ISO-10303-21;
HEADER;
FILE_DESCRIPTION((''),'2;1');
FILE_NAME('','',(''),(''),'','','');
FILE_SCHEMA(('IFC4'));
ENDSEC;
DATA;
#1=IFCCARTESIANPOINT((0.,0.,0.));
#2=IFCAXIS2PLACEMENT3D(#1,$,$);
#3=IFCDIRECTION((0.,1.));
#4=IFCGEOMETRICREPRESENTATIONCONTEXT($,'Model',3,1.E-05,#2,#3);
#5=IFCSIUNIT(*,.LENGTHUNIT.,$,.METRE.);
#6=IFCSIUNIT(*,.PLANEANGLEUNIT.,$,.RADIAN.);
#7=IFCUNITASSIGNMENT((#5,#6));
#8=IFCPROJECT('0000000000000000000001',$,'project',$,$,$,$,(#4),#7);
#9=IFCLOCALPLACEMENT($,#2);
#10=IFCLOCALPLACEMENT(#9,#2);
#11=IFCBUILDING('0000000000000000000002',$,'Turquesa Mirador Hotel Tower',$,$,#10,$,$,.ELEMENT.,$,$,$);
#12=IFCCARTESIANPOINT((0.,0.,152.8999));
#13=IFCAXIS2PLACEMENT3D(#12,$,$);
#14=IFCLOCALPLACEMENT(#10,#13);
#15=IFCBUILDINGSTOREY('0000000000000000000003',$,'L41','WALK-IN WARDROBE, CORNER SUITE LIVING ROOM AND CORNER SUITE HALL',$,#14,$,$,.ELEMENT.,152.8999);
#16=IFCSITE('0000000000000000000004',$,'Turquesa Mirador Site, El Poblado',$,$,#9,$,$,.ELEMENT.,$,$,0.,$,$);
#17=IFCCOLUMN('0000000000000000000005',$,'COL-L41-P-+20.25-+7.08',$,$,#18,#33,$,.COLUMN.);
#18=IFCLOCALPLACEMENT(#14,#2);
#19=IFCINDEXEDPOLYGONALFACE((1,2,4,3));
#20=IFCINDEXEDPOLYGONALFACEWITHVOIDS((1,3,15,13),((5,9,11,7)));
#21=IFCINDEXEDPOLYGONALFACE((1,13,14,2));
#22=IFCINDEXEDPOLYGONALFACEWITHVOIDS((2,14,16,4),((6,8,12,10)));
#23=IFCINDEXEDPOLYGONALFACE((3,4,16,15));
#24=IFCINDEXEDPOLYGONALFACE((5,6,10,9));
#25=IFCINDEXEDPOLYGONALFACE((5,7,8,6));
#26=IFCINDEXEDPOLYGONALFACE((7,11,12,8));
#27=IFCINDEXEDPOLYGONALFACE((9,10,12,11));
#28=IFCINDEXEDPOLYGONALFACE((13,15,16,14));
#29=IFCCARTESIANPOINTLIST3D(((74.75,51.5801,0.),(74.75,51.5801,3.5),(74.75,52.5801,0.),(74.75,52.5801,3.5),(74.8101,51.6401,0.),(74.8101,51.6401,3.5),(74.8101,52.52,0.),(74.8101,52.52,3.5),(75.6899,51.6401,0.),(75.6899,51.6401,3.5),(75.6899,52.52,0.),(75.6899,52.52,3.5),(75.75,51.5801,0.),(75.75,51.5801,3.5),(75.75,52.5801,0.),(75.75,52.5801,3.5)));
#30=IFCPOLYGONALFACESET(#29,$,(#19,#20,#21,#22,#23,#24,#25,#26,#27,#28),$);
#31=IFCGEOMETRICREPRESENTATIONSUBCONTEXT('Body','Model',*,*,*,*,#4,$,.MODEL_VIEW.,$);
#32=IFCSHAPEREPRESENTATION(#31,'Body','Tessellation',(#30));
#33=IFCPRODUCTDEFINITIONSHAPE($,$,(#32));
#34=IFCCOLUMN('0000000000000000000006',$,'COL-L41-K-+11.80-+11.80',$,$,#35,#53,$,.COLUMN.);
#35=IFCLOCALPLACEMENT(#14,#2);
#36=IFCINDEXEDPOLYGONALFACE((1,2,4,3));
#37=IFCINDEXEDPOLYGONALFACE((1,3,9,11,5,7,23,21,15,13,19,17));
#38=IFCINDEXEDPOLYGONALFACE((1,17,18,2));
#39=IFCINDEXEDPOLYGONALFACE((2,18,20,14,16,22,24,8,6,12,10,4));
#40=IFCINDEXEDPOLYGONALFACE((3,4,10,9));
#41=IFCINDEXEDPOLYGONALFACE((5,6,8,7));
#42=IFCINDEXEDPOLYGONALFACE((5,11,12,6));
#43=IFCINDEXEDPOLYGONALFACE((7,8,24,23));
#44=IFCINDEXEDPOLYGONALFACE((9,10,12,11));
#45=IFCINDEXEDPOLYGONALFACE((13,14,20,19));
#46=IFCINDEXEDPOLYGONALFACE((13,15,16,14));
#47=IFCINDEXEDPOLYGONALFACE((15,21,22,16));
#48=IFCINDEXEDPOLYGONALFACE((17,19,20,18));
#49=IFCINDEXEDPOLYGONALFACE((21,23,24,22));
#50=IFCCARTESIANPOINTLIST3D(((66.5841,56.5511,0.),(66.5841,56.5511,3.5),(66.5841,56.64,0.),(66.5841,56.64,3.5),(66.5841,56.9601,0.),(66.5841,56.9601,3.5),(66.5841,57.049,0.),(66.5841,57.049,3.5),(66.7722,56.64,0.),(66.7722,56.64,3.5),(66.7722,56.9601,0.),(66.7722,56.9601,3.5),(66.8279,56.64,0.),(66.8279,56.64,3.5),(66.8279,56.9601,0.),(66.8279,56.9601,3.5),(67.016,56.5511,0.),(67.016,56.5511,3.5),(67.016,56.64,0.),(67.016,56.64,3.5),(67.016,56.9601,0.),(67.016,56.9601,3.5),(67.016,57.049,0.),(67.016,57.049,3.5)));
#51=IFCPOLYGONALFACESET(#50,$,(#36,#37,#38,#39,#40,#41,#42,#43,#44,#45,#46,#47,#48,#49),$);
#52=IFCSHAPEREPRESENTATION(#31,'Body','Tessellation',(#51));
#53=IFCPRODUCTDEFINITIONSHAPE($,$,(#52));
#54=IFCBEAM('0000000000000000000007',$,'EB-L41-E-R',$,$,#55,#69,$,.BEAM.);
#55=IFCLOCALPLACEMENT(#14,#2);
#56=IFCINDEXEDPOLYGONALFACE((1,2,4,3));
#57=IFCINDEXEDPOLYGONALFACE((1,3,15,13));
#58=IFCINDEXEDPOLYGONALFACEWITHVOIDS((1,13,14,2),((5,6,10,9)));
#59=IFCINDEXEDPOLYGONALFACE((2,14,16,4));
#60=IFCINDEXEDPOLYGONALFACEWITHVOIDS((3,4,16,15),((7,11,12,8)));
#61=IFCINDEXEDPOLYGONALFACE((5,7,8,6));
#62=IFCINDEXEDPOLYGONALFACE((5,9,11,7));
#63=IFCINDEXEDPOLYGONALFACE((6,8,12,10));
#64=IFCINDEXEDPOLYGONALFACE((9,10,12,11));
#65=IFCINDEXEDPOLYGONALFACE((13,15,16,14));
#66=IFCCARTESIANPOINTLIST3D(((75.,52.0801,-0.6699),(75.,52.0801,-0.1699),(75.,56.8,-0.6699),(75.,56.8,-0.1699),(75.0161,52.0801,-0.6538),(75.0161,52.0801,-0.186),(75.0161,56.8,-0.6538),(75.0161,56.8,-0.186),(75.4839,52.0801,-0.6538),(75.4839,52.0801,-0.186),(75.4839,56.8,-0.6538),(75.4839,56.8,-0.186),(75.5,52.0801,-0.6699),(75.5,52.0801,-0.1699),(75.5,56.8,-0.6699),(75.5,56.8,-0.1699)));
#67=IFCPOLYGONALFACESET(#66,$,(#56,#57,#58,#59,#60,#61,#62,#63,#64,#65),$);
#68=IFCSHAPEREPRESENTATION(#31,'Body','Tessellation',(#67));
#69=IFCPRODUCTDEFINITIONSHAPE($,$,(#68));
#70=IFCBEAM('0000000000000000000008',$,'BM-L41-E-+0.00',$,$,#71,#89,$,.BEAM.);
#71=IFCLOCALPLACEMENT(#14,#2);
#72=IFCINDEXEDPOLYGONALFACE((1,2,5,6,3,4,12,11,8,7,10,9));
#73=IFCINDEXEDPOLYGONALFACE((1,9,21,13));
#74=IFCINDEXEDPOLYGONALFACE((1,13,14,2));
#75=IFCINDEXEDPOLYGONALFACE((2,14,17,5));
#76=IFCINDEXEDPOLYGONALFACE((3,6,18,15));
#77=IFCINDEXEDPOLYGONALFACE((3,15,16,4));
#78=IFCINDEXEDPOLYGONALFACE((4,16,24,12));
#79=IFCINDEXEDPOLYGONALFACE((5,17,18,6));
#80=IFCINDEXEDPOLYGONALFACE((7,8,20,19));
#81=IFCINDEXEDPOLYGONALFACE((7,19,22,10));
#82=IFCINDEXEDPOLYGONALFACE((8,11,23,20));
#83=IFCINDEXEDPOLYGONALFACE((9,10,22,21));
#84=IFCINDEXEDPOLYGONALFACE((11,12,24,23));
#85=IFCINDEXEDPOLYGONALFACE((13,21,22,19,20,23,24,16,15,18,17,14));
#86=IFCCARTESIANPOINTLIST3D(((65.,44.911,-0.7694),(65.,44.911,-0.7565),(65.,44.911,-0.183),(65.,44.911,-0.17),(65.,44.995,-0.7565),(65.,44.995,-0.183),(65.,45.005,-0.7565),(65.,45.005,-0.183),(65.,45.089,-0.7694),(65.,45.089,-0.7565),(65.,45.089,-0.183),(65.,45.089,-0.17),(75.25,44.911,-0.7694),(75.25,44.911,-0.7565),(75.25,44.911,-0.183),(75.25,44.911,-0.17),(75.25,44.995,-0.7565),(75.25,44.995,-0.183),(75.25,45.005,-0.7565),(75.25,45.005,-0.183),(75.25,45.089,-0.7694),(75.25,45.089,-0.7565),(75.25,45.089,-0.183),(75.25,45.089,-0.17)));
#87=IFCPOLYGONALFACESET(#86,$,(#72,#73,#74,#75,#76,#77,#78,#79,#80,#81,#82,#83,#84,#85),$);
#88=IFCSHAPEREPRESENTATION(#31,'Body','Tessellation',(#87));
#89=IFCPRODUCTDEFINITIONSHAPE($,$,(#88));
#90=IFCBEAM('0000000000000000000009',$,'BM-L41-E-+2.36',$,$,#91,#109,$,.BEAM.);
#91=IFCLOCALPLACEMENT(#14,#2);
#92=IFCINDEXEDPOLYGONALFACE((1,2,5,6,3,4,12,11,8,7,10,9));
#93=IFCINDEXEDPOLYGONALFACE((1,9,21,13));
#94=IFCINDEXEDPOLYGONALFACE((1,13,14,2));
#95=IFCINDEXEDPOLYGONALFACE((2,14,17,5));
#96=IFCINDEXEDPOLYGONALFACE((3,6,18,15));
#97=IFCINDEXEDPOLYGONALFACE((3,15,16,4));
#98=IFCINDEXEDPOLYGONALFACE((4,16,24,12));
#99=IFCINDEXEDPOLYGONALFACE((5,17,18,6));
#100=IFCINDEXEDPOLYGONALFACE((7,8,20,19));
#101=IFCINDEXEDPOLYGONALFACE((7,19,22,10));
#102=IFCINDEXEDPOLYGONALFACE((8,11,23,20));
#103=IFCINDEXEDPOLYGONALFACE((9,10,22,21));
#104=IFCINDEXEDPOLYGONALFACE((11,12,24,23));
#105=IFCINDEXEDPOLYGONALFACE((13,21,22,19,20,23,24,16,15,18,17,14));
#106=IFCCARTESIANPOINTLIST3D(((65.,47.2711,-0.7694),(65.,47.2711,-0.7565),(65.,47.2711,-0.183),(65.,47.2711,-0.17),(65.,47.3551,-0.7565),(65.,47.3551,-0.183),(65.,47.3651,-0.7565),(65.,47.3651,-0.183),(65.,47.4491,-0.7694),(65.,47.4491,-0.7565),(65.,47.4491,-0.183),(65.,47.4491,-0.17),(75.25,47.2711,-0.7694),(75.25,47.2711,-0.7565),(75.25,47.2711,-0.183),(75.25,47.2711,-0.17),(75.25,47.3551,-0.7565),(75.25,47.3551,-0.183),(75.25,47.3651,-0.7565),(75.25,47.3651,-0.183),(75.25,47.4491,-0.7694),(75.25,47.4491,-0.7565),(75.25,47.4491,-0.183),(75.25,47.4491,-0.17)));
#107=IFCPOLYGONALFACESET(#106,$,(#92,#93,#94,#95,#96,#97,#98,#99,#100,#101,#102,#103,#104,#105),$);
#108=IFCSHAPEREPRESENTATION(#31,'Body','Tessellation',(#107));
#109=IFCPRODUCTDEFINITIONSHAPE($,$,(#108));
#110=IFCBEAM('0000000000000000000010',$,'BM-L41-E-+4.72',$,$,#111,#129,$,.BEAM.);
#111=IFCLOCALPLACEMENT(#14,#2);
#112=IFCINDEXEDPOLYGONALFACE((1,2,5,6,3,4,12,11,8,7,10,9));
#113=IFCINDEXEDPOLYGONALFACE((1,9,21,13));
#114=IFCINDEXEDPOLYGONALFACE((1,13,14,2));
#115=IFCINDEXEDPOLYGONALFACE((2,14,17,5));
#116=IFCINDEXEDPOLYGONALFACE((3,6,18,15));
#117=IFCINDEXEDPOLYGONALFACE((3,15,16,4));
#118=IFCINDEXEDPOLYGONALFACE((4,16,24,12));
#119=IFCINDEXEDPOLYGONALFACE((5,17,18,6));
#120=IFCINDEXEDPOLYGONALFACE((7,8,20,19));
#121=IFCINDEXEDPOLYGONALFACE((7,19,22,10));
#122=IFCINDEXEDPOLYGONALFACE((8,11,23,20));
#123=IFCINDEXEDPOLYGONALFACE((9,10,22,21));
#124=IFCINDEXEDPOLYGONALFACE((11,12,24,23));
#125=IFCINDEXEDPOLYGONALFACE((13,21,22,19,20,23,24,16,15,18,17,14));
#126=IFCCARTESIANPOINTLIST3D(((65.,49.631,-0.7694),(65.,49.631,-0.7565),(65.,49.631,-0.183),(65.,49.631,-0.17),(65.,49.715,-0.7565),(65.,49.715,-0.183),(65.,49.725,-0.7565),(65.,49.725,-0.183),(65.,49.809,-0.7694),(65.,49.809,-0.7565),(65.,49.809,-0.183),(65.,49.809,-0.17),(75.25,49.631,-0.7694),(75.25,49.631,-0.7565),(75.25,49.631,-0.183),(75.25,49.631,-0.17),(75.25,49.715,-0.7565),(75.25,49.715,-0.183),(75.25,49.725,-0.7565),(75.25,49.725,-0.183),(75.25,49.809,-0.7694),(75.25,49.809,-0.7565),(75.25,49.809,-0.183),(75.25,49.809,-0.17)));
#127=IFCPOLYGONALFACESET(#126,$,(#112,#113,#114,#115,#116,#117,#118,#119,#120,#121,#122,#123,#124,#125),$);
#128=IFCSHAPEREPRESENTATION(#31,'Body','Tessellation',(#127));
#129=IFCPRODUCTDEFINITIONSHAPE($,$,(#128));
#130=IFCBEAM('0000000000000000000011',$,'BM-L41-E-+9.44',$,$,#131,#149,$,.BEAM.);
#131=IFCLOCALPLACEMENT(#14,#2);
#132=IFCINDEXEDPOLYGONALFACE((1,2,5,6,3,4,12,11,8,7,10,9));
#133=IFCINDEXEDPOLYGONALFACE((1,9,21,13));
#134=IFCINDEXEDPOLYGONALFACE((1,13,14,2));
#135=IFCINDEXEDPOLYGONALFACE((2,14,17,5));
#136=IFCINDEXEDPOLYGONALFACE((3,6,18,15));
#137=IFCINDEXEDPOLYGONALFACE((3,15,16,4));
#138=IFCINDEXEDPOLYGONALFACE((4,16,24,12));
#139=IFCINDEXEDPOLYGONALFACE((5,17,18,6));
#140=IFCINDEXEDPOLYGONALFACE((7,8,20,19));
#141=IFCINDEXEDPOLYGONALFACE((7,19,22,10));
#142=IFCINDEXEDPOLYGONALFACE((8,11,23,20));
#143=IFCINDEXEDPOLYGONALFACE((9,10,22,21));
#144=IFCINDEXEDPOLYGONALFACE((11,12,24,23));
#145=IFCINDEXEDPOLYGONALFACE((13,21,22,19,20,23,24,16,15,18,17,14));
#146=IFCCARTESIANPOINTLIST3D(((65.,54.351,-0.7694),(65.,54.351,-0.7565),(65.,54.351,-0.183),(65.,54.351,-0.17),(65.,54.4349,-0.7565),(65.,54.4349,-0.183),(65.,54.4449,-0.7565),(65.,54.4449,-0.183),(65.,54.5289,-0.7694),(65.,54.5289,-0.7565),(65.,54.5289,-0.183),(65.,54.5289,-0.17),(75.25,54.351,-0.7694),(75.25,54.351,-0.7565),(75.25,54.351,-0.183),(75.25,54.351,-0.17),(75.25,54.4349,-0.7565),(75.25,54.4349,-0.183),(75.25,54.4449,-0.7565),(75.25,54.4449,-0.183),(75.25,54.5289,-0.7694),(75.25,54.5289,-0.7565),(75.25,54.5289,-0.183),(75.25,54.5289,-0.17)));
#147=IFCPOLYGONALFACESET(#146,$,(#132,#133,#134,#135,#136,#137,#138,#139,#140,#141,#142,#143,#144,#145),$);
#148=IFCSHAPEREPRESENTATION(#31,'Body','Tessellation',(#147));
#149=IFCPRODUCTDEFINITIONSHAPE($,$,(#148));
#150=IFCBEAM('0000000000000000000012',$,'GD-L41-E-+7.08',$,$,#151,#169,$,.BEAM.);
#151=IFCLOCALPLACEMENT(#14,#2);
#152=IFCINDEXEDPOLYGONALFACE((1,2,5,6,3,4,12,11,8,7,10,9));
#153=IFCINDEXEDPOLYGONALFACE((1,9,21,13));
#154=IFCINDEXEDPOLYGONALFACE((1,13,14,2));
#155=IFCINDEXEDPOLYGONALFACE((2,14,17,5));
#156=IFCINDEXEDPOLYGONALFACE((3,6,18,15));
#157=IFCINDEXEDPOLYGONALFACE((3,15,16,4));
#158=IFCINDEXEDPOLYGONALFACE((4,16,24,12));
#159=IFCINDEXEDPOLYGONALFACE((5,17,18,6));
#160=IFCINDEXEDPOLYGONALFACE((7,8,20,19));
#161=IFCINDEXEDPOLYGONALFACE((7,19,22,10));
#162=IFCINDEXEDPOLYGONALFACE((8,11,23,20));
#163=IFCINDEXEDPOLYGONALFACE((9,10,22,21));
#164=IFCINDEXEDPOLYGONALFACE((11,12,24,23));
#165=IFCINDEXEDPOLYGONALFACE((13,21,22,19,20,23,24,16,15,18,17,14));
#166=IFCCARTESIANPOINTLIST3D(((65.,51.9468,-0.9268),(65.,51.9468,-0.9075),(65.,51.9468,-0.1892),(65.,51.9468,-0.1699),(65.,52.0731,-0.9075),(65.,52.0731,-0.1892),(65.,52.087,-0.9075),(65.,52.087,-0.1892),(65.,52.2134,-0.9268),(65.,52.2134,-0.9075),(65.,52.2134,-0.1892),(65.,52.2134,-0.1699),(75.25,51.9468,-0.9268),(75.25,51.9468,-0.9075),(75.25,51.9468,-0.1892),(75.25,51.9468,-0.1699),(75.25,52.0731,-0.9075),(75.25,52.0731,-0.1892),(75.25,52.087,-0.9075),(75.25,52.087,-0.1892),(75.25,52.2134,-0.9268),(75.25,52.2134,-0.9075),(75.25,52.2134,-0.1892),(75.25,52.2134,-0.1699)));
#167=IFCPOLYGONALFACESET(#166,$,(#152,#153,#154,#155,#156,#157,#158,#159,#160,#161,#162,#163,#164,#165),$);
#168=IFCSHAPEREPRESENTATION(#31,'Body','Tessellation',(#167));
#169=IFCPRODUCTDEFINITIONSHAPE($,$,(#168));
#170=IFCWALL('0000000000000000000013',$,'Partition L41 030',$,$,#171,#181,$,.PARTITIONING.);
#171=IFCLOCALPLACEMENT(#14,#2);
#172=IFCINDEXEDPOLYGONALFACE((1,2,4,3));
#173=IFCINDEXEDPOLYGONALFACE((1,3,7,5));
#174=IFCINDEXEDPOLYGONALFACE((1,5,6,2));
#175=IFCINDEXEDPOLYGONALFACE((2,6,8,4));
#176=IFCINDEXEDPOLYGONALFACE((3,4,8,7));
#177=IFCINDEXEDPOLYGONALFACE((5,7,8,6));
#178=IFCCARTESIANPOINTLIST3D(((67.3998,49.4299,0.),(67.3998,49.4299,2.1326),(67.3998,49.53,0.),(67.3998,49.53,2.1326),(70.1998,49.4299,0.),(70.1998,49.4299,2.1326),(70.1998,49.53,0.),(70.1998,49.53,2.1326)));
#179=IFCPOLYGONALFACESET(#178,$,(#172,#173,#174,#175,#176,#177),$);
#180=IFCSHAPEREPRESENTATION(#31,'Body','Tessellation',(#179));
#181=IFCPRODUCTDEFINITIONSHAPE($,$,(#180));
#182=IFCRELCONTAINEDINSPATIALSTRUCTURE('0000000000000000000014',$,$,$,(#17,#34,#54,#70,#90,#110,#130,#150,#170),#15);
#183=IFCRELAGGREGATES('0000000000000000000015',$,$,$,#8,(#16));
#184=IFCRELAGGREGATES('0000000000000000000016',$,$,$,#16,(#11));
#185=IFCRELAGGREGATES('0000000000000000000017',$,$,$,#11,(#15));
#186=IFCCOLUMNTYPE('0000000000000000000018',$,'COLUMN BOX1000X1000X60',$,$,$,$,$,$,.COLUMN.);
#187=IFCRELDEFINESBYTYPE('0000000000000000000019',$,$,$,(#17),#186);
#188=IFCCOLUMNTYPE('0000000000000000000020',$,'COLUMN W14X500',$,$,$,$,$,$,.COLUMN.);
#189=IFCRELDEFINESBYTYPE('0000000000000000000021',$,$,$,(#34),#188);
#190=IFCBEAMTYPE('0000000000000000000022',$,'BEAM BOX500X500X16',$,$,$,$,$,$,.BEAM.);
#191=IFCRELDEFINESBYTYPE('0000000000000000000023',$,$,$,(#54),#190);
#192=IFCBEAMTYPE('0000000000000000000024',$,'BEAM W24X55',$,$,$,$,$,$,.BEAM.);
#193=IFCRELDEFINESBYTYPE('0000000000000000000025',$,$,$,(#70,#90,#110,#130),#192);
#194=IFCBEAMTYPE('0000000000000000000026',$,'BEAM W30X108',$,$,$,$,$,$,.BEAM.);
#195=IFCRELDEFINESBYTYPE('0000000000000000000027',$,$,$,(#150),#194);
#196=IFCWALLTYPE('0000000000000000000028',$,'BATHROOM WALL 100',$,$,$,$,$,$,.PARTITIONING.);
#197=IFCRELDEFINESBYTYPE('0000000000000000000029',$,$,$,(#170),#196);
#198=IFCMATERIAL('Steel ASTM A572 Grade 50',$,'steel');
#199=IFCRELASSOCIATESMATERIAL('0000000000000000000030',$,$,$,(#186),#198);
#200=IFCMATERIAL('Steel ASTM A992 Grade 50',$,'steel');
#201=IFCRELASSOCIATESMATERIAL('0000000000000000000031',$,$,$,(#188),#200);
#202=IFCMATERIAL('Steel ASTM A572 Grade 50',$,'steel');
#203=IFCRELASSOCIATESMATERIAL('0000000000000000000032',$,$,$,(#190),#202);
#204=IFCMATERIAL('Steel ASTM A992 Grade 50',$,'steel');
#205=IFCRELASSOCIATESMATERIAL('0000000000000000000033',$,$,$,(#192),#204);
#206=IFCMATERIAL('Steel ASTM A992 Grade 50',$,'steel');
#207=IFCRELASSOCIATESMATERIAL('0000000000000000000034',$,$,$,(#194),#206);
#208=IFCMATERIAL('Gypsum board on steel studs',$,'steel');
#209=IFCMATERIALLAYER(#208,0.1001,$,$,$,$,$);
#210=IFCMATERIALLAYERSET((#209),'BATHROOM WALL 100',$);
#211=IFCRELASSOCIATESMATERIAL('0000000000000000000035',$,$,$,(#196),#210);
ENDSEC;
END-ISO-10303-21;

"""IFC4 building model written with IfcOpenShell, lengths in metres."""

from ifc_helpers import new_model, si_unit, direction, frame, frame_2d, origin, origin_2d, place, context, subcontext, project, spatial, rectangle, hollow_rectangle, i_section, extrude, material, layer, layer_set, material_profile, profile_set, type_object, element, save


model = new_model("IFC4")

# Units and contexts
model_context = context("Model", 3, precision=1e-05, world=origin(), true_north=direction((0.0, 1.0)))
body_context = subcontext(model_context, "Body", "Model", "MODEL_VIEW")
ifc_project = project(units=[si_unit("LENGTHUNIT", "METRE"), si_unit("PLANEANGLEUNIT", "RADIAN")], contexts=[model_context])

# Site, building, storey
site_placement = place(None, origin())
site = spatial("IfcSite", under=ifc_project, at=site_placement, Name="Turquesa Mirador Site, El Poblado", CompositionType="ELEMENT", RefElevation=0.0)
building_placement = place(site_placement, origin())
building = spatial("IfcBuilding", under=site, at=building_placement, Name="Turquesa Mirador Hotel Tower", CompositionType="ELEMENT")
storey_placement = place(building_placement, frame((0.0, 0.0, 152.8999)))
storey = spatial("IfcBuildingStorey", under=building, at=storey_placement, Name="L41", Description="WALK-IN WARDROBE, CORNER SUITE LIVING ROOM AND CORNER SUITE HALL", CompositionType="ELEMENT", Elevation=152.8999)

# Columns
ifc_material_1 = material(Name="Steel ASTM A572 Grade 50", Category="steel")
ifc_material_profile_1 = material_profile(ifc_material_1, hollow_rectangle(XDim=1.0, YDim=1.0, WallThickness=0.0601, at=origin_2d()), Name="BOX1000X1000X60")
ifc_profile_set_1 = profile_set([ifc_material_profile_1], Name="Steel ASTM A572 Grade 50")
column_type_1 = type_object("IfcColumnType", Name="COLUMN BOX1000X1000X60", PredefinedType="COLUMN", material=ifc_profile_set_1)
column_1_placement = place(storey_placement, frame((75.25, 52.0801, 0.0), z_axis=(0.0, 0.0, 1.0), x_axis=(1.0, 0.0, 0.0)))
element("IfcColumn", 1, at=column_1_placement, inside=storey, type_object=column_type_1, Name="COL-L41-P-+20.25-+7.08", PredefinedType="COLUMN", context=body_context, shape_type="SweptSolid", body=[
    extrude(hollow_rectangle(XDim=1.0, YDim=1.0, WallThickness=0.0601, at=origin_2d()), origin(), (0.0, 0.0, 1.0), 3.5),
])
ifc_material_2 = material(Name="Steel ASTM A992 Grade 50", Category="steel")
ifc_material_profile_2 = material_profile(ifc_material_2, i_section(OverallWidth=0.4319, OverallDepth=0.4978, WebThickness=0.0557, FlangeThickness=0.0889, at=origin_2d()), Name="W14X500")
ifc_profile_set_2 = profile_set([ifc_material_profile_2], Name="Steel ASTM A992 Grade 50")
column_type_2 = type_object("IfcColumnType", Name="COLUMN W14X500", PredefinedType="COLUMN", material=ifc_profile_set_2)
column_2_placement = place(storey_placement, frame((66.8, 56.8, 0.0), z_axis=(0.0, 0.0, 1.0), x_axis=(1.0, 0.0, 0.0)))
element("IfcColumn", 2, at=column_2_placement, inside=storey, type_object=column_type_2, Name="COL-L41-K-+11.80-+11.80", PredefinedType="COLUMN", context=body_context, shape_type="SweptSolid", body=[
    extrude(i_section(OverallWidth=0.4319, OverallDepth=0.4978, WebThickness=0.0557, FlangeThickness=0.0889, at=origin_2d()), origin(), (0.0, 0.0, 1.0), 3.5),
])

# Beams
ifc_material_3 = material(Name="Steel ASTM A572 Grade 50", Category="steel")
ifc_material_profile_3 = material_profile(ifc_material_3, hollow_rectangle(XDim=0.5, YDim=0.5, WallThickness=0.0161, at=origin_2d()), Name="BOX500X500X16")
ifc_profile_set_3 = profile_set([ifc_material_profile_3], Name="Steel ASTM A572 Grade 50")
beam_type_1 = type_object("IfcBeamType", Name="BEAM BOX500X500X16", PredefinedType="BEAM", material=ifc_profile_set_3)
beam_1_placement = place(storey_placement, frame((75.25, 52.0801, -0.4199), z_axis=(0.0, 1.0, 0.0), x_axis=(-1.0, 0.0, 0.0)))
element("IfcBeam", 3, at=beam_1_placement, inside=storey, type_object=beam_type_1, Name="EB-L41-E-R", PredefinedType="BEAM", context=body_context, shape_type="SweptSolid", body=[
    extrude(hollow_rectangle(XDim=0.5, YDim=0.5, WallThickness=0.0161, at=origin_2d()), origin(), (0.0, 0.0, 1.0), 4.72),
])
ifc_material_4 = material(Name="Steel ASTM A992 Grade 50", Category="steel")
ifc_material_profile_4 = material_profile(ifc_material_4, i_section(OverallWidth=0.178, OverallDepth=0.5994, WebThickness=0.01, FlangeThickness=0.0129, at=origin_2d()), Name="W24X55")
ifc_profile_set_4 = profile_set([ifc_material_profile_4], Name="Steel ASTM A992 Grade 50")
beam_type_2 = type_object("IfcBeamType", Name="BEAM W24X55", PredefinedType="BEAM", material=ifc_profile_set_4)
for number, where, z_axis, x_axis, name in (
    (4, (75.25, 45.0, -0.4697), (-1.0, 0.0, 0.0), (0.0, -1.0, 0.0), "BM-L41-E-+0.00"),
    (5, (75.25, 47.3601, -0.4697), (-1.0, 0.0, 0.0), (0.0, -1.0, 0.0), "BM-L41-E-+2.36"),
    (6, (75.25, 49.72, -0.4697), (-1.0, 0.0, 0.0), (0.0, -1.0, 0.0), "BM-L41-E-+4.72"),
    (7, (75.25, 54.4399, -0.4697), (-1.0, 0.0, 0.0), (0.0, -1.0, 0.0), "BM-L41-E-+9.44"),
):
    element("IfcBeam", number, at=place(storey_placement, frame(where, z_axis=z_axis, x_axis=x_axis)), inside=storey, type_object=beam_type_2, Name=name, PredefinedType="BEAM", context=body_context, shape_type="SweptSolid", body=[
        extrude(i_section(OverallWidth=0.178, OverallDepth=0.5994, WebThickness=0.01, FlangeThickness=0.0129, at=origin_2d()), origin(), (0.0, 0.0, 1.0), 10.25),
    ])
ifc_material_5 = material(Name="Steel ASTM A992 Grade 50", Category="steel")
ifc_material_profile_5 = material_profile(ifc_material_5, i_section(OverallWidth=0.2666, OverallDepth=0.7568, WebThickness=0.0139, FlangeThickness=0.0193, at=origin_2d()), Name="W30X108")
ifc_profile_set_5 = profile_set([ifc_material_profile_5], Name="Steel ASTM A992 Grade 50")
beam_type_3 = type_object("IfcBeamType", Name="BEAM W30X108", PredefinedType="BEAM", material=ifc_profile_set_5)
beam_2_placement = place(storey_placement, frame((75.25, 52.0801, -0.5483), z_axis=(-1.0, 0.0, 0.0), x_axis=(0.0, -1.0, 0.0)))
element("IfcBeam", 8, at=beam_2_placement, inside=storey, type_object=beam_type_3, Name="GD-L41-E-+7.08", PredefinedType="BEAM", context=body_context, shape_type="SweptSolid", body=[
    extrude(i_section(OverallWidth=0.2666, OverallDepth=0.7568, WebThickness=0.0139, FlangeThickness=0.0193, at=origin_2d()), origin(), (0.0, 0.0, 1.0), 10.25),
])

# Wall
ifc_material_6 = material(Name="Gypsum board on steel studs", Category="steel")
ifc_layer_1 = layer(ifc_material_6, 0.1001)
ifc_layer_set_1 = layer_set([ifc_layer_1], Name="BATHROOM WALL 100")
wall_type_1 = type_object("IfcWallType", Name="BATHROOM WALL 100", PredefinedType="PARTITIONING", material=ifc_layer_set_1)
wall_1_placement = place(storey_placement, frame((67.3999, 49.48, 0.0), z_axis=(0.0, 0.0, 1.0), x_axis=(1.0, 0.0, 0.0)))
element("IfcWall", 9, at=wall_1_placement, inside=storey, type_object=wall_type_1, Name="Partition L41 030", PredefinedType="PARTITIONING", context=body_context, shape_type="SweptSolid", body=[
    extrude(rectangle(XDim=2.8, YDim=0.1001, at=frame_2d((1.3999, 0.0))), origin(), (0.0, 0.0, 1.0), 2.1326),
])

save(model, "model.ifc")
